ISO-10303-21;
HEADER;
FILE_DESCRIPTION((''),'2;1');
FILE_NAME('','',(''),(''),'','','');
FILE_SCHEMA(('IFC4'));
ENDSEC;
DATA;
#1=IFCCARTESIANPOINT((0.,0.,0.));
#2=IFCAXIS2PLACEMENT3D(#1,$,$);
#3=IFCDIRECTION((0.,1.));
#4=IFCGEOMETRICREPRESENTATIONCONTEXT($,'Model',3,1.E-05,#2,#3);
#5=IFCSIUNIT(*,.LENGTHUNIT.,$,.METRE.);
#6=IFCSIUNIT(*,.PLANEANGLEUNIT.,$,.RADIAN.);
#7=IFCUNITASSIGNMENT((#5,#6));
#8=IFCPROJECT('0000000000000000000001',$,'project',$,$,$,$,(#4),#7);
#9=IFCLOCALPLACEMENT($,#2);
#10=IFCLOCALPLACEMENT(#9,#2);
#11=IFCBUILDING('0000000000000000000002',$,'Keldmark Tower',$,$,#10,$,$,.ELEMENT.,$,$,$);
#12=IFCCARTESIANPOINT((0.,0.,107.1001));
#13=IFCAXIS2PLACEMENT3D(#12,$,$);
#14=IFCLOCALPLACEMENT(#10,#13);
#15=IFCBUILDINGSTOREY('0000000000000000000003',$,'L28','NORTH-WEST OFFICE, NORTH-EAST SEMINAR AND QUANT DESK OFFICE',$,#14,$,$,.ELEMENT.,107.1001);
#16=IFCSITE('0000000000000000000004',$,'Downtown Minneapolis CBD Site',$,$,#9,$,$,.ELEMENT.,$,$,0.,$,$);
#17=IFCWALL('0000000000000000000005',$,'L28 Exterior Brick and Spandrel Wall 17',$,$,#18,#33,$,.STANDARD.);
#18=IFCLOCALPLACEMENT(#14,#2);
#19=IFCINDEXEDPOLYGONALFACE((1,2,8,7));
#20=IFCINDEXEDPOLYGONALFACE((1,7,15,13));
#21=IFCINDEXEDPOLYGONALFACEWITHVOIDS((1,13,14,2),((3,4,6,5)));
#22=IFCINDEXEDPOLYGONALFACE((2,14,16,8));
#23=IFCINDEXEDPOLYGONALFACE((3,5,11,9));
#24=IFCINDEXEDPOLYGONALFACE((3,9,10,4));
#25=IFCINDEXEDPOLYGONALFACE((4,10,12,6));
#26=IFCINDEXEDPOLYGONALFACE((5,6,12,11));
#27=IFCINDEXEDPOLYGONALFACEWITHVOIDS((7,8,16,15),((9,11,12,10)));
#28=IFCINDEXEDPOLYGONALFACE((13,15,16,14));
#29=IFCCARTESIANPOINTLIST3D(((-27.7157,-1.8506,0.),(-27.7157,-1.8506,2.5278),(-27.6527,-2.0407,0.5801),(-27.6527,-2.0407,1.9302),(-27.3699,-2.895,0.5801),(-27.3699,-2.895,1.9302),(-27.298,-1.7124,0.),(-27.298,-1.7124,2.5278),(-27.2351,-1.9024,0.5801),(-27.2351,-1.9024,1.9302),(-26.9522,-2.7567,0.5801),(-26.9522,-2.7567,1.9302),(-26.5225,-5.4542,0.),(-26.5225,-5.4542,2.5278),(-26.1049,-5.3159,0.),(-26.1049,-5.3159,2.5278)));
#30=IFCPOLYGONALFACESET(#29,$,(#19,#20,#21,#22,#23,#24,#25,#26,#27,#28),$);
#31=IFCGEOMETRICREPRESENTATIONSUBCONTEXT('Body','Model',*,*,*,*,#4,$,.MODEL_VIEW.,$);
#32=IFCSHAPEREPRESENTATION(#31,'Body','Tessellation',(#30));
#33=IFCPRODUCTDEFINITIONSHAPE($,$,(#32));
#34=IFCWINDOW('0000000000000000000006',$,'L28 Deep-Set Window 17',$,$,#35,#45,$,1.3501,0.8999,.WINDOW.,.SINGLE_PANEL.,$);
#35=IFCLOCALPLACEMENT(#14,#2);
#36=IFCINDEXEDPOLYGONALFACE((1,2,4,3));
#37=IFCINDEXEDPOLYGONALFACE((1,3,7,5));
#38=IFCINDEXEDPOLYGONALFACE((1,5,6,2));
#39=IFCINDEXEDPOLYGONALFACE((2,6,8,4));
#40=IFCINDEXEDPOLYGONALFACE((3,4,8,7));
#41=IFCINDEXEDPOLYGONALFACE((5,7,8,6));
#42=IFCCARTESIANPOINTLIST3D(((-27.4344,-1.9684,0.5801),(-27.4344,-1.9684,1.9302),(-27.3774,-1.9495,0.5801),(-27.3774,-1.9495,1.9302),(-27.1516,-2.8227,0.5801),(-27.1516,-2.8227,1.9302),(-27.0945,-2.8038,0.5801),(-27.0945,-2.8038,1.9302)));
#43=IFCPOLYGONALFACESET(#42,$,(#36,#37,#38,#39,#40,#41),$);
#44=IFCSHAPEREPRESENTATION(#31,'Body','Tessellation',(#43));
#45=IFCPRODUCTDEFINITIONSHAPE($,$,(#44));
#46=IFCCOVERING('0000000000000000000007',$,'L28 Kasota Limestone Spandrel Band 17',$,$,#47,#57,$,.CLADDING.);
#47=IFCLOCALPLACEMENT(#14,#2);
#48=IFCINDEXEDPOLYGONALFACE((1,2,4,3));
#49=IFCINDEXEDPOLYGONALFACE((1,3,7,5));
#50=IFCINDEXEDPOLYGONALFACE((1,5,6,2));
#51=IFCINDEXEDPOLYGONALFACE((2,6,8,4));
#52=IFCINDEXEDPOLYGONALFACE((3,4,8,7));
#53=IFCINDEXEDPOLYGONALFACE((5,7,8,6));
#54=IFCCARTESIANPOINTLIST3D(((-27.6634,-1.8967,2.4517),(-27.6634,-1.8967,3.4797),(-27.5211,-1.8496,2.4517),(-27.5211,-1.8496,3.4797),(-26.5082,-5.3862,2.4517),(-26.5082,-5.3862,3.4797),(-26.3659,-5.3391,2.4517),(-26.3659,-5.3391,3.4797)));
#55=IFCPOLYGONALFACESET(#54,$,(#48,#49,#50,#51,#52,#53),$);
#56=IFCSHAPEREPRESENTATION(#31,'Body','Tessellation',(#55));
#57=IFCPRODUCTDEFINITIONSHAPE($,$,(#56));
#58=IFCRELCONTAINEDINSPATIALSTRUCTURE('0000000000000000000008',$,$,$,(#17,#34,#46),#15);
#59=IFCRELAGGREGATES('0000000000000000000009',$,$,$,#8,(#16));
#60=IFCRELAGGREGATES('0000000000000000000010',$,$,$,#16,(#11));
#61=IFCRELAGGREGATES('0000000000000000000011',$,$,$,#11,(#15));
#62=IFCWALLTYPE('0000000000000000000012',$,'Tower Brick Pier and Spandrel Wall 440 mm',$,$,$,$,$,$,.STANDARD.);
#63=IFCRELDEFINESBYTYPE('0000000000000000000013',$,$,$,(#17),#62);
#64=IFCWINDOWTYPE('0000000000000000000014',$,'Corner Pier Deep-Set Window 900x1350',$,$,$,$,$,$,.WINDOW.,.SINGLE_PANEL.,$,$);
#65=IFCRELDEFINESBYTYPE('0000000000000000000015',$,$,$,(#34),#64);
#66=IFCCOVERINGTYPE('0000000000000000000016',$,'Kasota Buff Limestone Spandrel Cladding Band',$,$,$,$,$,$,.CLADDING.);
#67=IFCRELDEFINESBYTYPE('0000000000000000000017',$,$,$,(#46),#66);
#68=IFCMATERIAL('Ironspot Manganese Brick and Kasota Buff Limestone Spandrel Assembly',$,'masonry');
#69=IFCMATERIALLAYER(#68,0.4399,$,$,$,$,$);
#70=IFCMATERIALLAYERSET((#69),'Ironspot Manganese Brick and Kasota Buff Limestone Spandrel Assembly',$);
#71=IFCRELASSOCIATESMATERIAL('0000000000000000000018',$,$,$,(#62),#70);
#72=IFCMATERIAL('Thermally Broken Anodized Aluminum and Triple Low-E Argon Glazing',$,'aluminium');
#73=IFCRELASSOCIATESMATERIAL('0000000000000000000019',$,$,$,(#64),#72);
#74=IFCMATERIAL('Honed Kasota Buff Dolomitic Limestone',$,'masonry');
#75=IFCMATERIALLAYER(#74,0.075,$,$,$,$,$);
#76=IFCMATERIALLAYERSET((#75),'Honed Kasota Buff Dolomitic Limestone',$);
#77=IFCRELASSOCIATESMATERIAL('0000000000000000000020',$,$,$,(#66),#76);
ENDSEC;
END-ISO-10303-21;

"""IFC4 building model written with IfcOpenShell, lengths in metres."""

from ifc_helpers import new_model, si_unit, direction, frame, frame_2d, origin, origin_2d, place, context, subcontext, project, spatial, rectangle, extrude, material, layer, layer_set, type_object, element, fill, save


model = new_model("IFC4")

# Units and contexts
model_context = context("Model", 3, precision=1e-05, world=origin(), true_north=direction((0.0, 1.0)))
body_context = subcontext(model_context, "Body", "Model", "MODEL_VIEW")
ifc_project = project(units=[si_unit("LENGTHUNIT", "METRE"), si_unit("PLANEANGLEUNIT", "RADIAN")], contexts=[model_context])

# Site, building, storey
site_placement = place(None, origin())
site = spatial("IfcSite", under=ifc_project, at=site_placement, Name="Downtown Minneapolis CBD Site", CompositionType="ELEMENT", RefElevation=0.0)
building_placement = place(site_placement, origin())
building = spatial("IfcBuilding", under=site, at=building_placement, Name="Keldmark Tower", CompositionType="ELEMENT")
storey_placement = place(building_placement, frame((0.0, 0.0, 107.1001)))
storey = spatial("IfcBuildingStorey", under=building, at=storey_placement, Name="L28", Description="NORTH-WEST OFFICE, NORTH-EAST SEMINAR AND QUANT DESK OFFICE", CompositionType="ELEMENT", Elevation=107.1001)

# Wall, opening, window
ifc_material_1 = material(Name="Ironspot Manganese Brick and Kasota Buff Limestone Spandrel Assembly", Category="masonry")
ifc_layer_1 = layer(ifc_material_1, 0.4399)
ifc_layer_set_1 = layer_set([ifc_layer_1], Name="Ironspot Manganese Brick and Kasota Buff Limestone Spandrel Assembly")
wall_type = type_object("IfcWallType", Name="Tower Brick Pier and Spandrel Wall 440 mm", PredefinedType="STANDARD", material=ifc_layer_set_1)
ifc_material_2 = material(Name="Thermally Broken Anodized Aluminum and Triple Low-E Argon Glazing", Category="aluminium")
window_type = type_object("IfcWindowType", Name="Corner Pier Deep-Set Window 900x1350", PartitioningType="SINGLE_PANEL", PredefinedType="WINDOW", material=ifc_material_2)
wall_1_placement = place(storey_placement, frame((-26.3137, -5.385, 0.0), z_axis=(0.0, 0.0, 1.0), x_axis=(-0.314317, 0.949318, 0.0)))
wall_1 = element("IfcWall", 1, at=wall_1_placement, inside=storey, type_object=wall_type, Name="L28 Exterior Brick and Spandrel Wall 17", PredefinedType="STANDARD", context=body_context, shape_type="SweptSolid", body=[
    extrude(rectangle(XDim=3.7959, YDim=0.4399, at=frame_2d((1.8979, 0.0))), origin(), (0.0, 0.0, 1.0), 2.5278),
])
opening_1_placement = place(wall_1_placement, frame((2.6958, 0.0, 0.5801)))
opening_1 = element("IfcOpeningElement", 2, at=opening_1_placement, cuts=wall_1, PredefinedType="OPENING", context=body_context, shape_type="SweptSolid", body=[
    extrude(rectangle(XDim=0.8999, YDim=1.3501, at=frame_2d((0.45, 0.675))), frame((0.0, 0.23, 0.0), z_axis=(0.0, -1.0, 0.0), x_axis=(1.0, 0.0, 0.0)), (0.0, 0.0, 1.0), 0.46),
])
window_1_placement = place(opening_1_placement, origin())
window_1 = element("IfcWindow", 3, at=window_1_placement, inside=storey, type_object=window_type, Name="L28 Deep-Set Window 17", OverallHeight=1.3501, OverallWidth=0.8999, PartitioningType="SINGLE_PANEL", PredefinedType="WINDOW", context=body_context, shape_type="SweptSolid", body=[
    extrude(rectangle(XDim=0.8999, YDim=1.3501, at=frame_2d((0.45, 0.675))), frame((0.0, -0.01, 0.0), z_axis=(0.0, -1.0, 0.0), x_axis=(1.0, 0.0, 0.0)), (0.0, 0.0, 1.0), 0.0601),
])
fill(opening_1, window_1)

# Covering
ifc_material_3 = material(Name="Honed Kasota Buff Dolomitic Limestone", Category="masonry")
ifc_layer_2 = layer(ifc_material_3, 0.075)
ifc_layer_set_2 = layer_set([ifc_layer_2], Name="Honed Kasota Buff Dolomitic Limestone")
covering_type = type_object("IfcCoveringType", Name="Kasota Buff Limestone Spandrel Cladding Band", PredefinedType="CLADDING", material=ifc_layer_set_2)
covering_placement = place(storey_placement, frame((-27.0146, -3.6179, 2.4517), z_axis=(0.0, 0.0, 1.0), x_axis=(0.314291, -0.949327, 0.0)))
element("IfcCovering", 4, at=covering_placement, inside=storey, type_object=covering_type, Name="L28 Kasota Limestone Spandrel Band 17", PredefinedType="CLADDING", context=body_context, shape_type="SweptSolid", body=[
    extrude(rectangle(XDim=3.6758, YDim=0.1499, at=origin_2d()), origin(), (0.0, 0.0, 1.0), 1.0281),
])

save(model, "model.ifc")
